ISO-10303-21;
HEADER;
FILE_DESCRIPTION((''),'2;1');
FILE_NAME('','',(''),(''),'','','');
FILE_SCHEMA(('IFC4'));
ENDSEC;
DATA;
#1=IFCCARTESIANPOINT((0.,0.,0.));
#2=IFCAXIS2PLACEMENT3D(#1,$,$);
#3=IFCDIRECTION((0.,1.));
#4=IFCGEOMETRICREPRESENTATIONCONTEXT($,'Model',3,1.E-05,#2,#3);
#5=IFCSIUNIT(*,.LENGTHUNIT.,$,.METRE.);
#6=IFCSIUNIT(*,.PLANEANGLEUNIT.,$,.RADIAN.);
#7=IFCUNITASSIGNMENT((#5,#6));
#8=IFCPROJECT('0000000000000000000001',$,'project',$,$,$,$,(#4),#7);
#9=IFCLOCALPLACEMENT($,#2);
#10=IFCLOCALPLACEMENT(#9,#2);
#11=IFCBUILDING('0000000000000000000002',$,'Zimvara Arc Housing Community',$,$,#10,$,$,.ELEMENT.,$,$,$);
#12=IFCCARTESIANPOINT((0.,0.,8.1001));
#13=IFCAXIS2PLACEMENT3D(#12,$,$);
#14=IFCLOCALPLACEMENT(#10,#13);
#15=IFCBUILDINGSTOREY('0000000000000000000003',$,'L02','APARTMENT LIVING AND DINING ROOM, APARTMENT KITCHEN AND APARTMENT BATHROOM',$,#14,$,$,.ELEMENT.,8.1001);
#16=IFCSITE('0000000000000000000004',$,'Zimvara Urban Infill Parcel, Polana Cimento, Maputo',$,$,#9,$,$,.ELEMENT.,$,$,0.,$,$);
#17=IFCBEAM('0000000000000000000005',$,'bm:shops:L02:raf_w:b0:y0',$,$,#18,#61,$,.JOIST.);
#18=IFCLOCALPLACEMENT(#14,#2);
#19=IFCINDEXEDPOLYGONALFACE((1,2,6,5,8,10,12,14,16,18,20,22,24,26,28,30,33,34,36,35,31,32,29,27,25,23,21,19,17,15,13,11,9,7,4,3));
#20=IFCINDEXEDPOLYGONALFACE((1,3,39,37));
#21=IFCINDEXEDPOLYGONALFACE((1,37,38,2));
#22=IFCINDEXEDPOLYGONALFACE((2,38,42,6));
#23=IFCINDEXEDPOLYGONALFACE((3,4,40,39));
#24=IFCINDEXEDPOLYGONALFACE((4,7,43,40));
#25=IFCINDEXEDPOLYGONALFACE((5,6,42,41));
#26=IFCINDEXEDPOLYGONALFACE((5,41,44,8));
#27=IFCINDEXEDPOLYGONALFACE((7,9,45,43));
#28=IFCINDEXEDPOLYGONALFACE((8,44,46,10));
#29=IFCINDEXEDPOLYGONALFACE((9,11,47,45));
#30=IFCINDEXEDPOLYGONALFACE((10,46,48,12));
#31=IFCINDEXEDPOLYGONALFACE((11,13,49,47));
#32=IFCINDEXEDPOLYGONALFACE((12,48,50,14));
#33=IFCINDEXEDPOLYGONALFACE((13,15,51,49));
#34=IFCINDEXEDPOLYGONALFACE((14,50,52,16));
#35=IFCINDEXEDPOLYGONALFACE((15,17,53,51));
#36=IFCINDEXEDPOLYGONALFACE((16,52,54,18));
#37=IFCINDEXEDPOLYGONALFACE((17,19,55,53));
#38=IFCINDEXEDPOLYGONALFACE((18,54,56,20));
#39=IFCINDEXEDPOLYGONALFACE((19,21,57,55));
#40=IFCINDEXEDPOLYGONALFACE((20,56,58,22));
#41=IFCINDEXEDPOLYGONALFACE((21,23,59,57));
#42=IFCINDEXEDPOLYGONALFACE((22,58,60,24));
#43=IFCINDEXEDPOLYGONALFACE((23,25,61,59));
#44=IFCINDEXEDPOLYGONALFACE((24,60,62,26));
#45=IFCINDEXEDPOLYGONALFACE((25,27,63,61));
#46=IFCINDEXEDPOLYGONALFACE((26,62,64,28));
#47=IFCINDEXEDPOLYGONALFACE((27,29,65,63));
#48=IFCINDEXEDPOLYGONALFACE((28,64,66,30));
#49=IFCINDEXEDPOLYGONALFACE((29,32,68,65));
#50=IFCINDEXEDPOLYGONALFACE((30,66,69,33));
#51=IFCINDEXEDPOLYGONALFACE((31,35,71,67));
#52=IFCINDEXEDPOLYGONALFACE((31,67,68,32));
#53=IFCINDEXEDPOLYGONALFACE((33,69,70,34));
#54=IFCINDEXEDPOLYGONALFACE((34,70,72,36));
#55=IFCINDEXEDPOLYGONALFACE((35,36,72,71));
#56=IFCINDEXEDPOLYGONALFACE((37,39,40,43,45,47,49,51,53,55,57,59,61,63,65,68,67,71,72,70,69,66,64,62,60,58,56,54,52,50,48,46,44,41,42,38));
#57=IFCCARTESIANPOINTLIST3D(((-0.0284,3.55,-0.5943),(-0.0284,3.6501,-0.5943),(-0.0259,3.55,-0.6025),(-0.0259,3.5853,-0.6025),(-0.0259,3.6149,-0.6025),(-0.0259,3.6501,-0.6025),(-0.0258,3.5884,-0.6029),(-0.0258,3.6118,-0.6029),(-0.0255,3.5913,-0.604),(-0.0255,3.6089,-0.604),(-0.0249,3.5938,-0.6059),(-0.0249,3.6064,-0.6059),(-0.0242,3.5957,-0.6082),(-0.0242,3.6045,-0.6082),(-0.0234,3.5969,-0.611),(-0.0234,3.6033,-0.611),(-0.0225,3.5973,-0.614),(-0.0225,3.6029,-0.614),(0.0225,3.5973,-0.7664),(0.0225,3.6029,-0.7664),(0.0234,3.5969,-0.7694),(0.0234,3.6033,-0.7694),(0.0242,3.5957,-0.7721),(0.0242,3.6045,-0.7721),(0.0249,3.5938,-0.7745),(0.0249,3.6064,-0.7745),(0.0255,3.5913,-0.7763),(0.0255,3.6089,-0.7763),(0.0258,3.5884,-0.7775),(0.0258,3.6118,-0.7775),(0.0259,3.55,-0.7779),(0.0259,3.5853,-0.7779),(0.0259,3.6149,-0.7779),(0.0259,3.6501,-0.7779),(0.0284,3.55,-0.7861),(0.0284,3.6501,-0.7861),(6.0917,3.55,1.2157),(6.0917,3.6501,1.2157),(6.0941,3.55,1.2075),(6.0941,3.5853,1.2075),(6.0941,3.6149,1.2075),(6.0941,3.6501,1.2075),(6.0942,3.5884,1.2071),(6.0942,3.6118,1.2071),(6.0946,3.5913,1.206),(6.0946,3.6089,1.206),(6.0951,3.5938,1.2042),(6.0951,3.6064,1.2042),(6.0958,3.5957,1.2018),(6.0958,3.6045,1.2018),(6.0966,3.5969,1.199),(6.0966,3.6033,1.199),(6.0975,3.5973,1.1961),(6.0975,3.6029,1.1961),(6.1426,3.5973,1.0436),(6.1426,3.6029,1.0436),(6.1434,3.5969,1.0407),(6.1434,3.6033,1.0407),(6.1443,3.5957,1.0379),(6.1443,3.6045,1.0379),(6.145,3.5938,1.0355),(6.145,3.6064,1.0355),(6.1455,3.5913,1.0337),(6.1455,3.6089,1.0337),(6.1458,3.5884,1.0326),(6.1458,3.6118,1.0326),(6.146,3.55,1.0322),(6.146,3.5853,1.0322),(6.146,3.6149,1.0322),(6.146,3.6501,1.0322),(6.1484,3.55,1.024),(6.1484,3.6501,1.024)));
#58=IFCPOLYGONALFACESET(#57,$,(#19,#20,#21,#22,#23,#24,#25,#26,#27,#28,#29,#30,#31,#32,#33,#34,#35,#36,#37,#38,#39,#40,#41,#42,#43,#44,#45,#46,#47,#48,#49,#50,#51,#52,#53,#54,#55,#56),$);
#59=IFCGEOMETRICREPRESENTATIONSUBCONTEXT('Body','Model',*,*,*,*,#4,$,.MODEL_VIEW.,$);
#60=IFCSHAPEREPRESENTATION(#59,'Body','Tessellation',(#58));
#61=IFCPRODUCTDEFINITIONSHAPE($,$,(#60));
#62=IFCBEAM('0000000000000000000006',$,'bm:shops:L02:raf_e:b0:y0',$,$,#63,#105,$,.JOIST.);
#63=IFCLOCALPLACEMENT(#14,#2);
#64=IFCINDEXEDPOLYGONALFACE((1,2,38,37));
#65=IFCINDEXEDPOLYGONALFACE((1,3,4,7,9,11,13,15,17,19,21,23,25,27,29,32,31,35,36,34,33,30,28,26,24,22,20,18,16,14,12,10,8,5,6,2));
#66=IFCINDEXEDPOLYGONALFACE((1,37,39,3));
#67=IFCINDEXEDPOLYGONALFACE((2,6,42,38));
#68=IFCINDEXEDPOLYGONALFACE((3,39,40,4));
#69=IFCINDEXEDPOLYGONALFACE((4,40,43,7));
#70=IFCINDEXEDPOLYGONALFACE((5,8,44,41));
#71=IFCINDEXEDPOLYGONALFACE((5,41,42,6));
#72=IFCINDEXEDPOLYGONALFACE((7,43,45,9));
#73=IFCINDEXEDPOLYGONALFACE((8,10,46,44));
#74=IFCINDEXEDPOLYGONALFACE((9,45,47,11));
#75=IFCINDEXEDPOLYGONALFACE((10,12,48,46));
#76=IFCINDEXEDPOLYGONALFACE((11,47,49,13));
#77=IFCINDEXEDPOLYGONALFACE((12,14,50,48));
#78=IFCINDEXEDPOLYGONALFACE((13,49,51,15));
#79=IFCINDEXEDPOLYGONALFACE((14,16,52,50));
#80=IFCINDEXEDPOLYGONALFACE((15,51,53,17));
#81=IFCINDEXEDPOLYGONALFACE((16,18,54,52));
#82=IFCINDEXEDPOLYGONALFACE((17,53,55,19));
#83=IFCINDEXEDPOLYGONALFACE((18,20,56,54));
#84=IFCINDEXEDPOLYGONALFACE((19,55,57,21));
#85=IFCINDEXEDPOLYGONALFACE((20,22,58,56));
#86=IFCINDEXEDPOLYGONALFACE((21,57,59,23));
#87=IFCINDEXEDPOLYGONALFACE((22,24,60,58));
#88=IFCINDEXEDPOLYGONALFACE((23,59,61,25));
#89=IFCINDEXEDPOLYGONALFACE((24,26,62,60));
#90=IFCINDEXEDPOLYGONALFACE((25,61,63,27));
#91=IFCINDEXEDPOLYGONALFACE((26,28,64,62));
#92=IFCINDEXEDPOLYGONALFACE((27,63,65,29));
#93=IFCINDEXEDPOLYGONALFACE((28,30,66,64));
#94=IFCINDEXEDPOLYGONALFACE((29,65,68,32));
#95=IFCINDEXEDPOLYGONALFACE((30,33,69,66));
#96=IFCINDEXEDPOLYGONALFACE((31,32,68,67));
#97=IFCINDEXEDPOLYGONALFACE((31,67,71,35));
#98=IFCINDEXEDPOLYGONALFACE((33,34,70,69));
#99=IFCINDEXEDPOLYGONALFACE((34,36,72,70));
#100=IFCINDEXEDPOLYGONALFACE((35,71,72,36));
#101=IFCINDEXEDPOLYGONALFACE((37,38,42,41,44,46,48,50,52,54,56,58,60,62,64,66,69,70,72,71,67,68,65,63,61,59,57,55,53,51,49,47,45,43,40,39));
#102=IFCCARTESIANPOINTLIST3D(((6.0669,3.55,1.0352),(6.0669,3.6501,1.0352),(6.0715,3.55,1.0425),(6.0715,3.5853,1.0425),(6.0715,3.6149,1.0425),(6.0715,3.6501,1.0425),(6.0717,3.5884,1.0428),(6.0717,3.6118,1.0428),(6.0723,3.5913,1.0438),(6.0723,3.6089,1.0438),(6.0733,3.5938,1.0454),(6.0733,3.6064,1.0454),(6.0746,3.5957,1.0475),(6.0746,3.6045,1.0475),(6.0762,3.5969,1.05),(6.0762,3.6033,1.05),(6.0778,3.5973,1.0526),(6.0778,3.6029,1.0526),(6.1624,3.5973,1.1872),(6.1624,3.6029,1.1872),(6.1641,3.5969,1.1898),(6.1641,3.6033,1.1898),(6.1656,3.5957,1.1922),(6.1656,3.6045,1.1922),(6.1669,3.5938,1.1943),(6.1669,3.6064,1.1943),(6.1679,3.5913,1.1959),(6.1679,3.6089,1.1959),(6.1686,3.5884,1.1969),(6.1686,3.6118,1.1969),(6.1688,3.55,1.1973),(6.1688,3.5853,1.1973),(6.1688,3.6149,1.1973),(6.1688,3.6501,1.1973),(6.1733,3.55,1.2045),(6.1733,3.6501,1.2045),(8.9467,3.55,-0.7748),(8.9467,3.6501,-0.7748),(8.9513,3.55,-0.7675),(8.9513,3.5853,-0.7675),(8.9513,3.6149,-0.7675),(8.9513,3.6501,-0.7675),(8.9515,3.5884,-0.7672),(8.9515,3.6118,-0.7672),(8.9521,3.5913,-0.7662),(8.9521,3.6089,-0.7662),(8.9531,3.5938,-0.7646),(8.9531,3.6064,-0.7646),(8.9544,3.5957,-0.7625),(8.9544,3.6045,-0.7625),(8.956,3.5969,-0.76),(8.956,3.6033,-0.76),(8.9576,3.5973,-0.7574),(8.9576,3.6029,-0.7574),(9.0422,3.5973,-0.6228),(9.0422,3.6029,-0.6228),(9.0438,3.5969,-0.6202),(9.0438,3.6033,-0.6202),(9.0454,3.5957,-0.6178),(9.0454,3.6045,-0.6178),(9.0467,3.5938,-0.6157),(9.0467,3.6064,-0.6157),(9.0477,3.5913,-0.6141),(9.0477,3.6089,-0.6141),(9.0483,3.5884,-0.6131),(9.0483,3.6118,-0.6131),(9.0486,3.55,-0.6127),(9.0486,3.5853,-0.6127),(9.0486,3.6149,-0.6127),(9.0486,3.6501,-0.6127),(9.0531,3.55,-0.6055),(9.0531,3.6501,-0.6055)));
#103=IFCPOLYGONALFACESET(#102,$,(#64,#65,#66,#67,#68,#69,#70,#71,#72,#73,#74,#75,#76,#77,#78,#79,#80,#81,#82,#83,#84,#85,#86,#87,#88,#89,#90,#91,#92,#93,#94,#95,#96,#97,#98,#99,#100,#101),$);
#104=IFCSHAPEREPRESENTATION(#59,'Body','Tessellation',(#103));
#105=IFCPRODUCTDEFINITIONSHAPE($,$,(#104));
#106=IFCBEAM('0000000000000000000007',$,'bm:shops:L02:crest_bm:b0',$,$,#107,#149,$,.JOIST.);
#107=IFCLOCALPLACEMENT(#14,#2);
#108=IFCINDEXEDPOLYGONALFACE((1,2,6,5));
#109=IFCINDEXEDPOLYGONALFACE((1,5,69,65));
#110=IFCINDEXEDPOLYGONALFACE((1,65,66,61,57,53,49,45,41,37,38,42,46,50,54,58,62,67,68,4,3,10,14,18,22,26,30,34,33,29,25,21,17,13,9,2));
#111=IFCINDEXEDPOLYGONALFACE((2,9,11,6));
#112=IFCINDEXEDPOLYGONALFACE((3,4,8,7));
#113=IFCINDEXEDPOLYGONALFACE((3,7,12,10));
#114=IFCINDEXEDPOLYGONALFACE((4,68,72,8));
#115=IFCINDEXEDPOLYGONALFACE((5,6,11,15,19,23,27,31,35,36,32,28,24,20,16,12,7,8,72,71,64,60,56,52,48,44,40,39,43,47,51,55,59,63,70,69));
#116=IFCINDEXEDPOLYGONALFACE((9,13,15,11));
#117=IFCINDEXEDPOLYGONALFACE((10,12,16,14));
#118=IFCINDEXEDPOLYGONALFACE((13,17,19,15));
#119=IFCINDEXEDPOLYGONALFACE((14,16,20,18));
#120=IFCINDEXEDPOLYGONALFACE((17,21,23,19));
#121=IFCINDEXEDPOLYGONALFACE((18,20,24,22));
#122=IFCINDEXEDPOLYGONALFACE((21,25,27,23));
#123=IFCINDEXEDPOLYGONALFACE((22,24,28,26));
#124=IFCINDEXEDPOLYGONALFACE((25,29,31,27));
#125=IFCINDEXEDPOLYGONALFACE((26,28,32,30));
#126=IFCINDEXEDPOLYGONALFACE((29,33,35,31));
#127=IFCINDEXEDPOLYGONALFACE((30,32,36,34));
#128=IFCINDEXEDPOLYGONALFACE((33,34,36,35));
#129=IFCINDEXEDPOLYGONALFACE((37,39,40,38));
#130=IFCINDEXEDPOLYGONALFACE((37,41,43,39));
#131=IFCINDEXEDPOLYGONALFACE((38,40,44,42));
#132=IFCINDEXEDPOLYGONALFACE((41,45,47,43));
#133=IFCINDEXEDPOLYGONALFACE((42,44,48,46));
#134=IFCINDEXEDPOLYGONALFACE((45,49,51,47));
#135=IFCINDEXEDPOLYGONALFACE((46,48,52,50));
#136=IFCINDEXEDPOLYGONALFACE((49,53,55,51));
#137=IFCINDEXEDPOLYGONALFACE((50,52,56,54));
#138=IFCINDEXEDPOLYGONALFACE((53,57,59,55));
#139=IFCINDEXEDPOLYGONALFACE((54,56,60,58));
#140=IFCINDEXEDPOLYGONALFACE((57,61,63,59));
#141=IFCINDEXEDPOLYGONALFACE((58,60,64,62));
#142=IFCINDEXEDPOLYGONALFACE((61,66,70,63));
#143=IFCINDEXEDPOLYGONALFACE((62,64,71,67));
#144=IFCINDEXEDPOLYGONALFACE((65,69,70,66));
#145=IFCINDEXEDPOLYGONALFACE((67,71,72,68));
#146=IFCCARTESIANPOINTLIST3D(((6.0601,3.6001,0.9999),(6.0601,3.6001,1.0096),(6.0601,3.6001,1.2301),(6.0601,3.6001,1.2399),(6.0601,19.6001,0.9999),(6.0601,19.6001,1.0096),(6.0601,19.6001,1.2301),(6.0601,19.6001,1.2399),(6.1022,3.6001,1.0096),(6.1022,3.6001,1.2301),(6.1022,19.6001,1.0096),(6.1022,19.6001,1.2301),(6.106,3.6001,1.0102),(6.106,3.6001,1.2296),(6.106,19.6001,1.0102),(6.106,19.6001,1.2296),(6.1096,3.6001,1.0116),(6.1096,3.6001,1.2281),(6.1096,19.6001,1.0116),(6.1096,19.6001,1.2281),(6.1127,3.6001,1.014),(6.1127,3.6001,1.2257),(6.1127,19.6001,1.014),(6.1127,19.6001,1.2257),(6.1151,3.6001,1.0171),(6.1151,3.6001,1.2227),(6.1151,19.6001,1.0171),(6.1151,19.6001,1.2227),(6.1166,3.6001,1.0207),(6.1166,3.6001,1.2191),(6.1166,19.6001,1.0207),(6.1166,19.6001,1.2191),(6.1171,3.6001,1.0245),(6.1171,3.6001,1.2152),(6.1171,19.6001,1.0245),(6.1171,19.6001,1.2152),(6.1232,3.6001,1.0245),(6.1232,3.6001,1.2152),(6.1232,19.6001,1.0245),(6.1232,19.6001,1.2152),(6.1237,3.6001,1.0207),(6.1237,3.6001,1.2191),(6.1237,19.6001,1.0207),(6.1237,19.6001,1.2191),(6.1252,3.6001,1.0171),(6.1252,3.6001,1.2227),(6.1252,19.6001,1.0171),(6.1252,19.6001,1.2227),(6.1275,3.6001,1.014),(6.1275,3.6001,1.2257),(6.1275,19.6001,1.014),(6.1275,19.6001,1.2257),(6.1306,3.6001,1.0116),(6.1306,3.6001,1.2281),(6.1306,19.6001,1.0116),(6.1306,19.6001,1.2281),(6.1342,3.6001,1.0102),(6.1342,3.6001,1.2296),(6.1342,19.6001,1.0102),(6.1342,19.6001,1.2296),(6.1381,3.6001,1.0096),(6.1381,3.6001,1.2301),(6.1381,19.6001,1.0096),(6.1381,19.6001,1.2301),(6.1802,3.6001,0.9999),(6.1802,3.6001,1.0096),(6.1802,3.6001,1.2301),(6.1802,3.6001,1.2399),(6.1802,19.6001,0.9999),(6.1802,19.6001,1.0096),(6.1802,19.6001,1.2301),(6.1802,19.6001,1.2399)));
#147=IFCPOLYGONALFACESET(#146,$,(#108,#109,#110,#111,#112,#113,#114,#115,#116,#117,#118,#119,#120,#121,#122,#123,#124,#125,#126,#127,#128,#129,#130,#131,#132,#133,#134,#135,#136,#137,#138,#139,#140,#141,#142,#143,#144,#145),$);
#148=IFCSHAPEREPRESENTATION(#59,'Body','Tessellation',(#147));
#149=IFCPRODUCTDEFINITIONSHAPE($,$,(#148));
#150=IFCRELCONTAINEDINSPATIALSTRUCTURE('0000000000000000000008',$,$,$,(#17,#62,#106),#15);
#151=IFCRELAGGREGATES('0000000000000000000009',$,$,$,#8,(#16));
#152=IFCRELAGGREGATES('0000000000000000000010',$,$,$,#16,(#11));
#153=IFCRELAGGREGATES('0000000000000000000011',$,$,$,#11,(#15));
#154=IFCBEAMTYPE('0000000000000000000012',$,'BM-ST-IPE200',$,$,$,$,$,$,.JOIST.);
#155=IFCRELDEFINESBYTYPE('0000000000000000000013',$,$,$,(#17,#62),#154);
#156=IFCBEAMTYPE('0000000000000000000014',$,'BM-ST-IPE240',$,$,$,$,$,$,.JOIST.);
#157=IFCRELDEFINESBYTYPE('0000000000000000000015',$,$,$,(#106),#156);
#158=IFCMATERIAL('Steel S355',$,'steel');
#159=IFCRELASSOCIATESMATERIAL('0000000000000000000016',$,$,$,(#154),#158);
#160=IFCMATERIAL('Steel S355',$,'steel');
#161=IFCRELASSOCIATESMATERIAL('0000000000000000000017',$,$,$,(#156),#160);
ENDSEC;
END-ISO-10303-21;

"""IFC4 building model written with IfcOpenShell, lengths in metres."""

from ifc_helpers import new_model, si_unit, direction, frame, origin, origin_2d, place, context, subcontext, project, spatial, i_section, extrude, material, material_profile, profile_set, type_object, element, save


model = new_model("IFC4")

# Units and contexts
model_context = context("Model", 3, precision=1e-05, world=origin(), true_north=direction((0.0, 1.0)))
body_context = subcontext(model_context, "Body", "Model", "MODEL_VIEW")
ifc_project = project(units=[si_unit("LENGTHUNIT", "METRE"), si_unit("PLANEANGLEUNIT", "RADIAN")], contexts=[model_context])

# Site, building, storey
site_placement = place(None, origin())
site = spatial("IfcSite", under=ifc_project, at=site_placement, Name="Zimvara Urban Infill Parcel, Polana Cimento, Maputo", CompositionType="ELEMENT", RefElevation=0.0)
building_placement = place(site_placement, origin())
building = spatial("IfcBuilding", under=site, at=building_placement, Name="Zimvara Arc Housing Community", CompositionType="ELEMENT")
storey_placement = place(building_placement, frame((0.0, 0.0, 8.1001)))
storey = spatial("IfcBuildingStorey", under=building, at=storey_placement, Name="L02", Description="APARTMENT LIVING AND DINING ROOM, APARTMENT KITCHEN AND APARTMENT BATHROOM", CompositionType="ELEMENT", Elevation=8.1001)

# Beams
ifc_material_1 = material(Name="Steel S355", Category="steel")
ifc_material_profile_1 = material_profile(ifc_material_1, i_section(OverallWidth=0.1001, OverallDepth=0.2, WebThickness=0.0056, FlangeThickness=0.0085, FilletRadius=0.012, at=origin_2d()), Name="IPE 200")
ifc_profile_set_1 = profile_set([ifc_material_profile_1], Name="Steel S355")
beam_type_1 = type_object("IfcBeamType", Name="BM-ST-IPE200", PredefinedType="JOIST", material=ifc_profile_set_1)
beam_1_placement = place(storey_placement, frame((0.0, 3.6001, -0.6902), z_axis=(0.958939, 0.0, 0.283612), x_axis=(0.0, 1.0, 0.0)))
element("IfcBeam", 1, at=beam_1_placement, inside=storey, type_object=beam_type_1, Name="bm:shops:L02:raf_w:b0:y0", PredefinedType="JOIST", context=body_context, shape_type="SweptSolid", body=[
    extrude(i_section(OverallWidth=0.1001, OverallDepth=0.2, WebThickness=0.0056, FlangeThickness=0.0085, FilletRadius=0.012, at=origin_2d()), origin(), (0.0, 0.0, 1.0), 6.3821),
])
beam_2_placement = place(storey_placement, frame((6.1201, 3.6001, 1.1199), z_axis=(0.846657, 0.0, -0.532139), x_axis=(0.0, 1.0, 0.0)))
element("IfcBeam", 2, at=beam_2_placement, inside=storey, type_object=beam_type_1, Name="bm:shops:L02:raf_e:b0:y0", PredefinedType="JOIST", context=body_context, shape_type="SweptSolid", body=[
    extrude(i_section(OverallWidth=0.1001, OverallDepth=0.2, WebThickness=0.0056, FlangeThickness=0.0085, FilletRadius=0.012, at=origin_2d()), origin(), (0.0, 0.0, 1.0), 3.4014),
])
ifc_material_2 = material(Name="Steel S355", Category="steel")
ifc_material_profile_2 = material_profile(ifc_material_2, i_section(OverallWidth=0.1201, OverallDepth=0.24, WebThickness=0.0061, FlangeThickness=0.0098, FilletRadius=0.0149, at=origin_2d()), Name="IPE 240")
ifc_profile_set_2 = profile_set([ifc_material_profile_2], Name="Steel S355")
beam_type_2 = type_object("IfcBeamType", Name="BM-ST-IPE240", PredefinedType="JOIST", material=ifc_profile_set_2)
beam_3_placement = place(storey_placement, frame((6.1201, 3.6001, 1.1199), z_axis=(0.0, 1.0, 0.0), x_axis=(-1.0, 0.0, 0.0)))
element("IfcBeam", 3, at=beam_3_placement, inside=storey, type_object=beam_type_2, Name="bm:shops:L02:crest_bm:b0", PredefinedType="JOIST", context=body_context, shape_type="SweptSolid", body=[
    extrude(i_section(OverallWidth=0.1201, OverallDepth=0.24, WebThickness=0.0061, FlangeThickness=0.0098, FilletRadius=0.0149, at=origin_2d()), origin(), (0.0, 0.0, 1.0), 16.0),
])

save(model, "model.ifc")
